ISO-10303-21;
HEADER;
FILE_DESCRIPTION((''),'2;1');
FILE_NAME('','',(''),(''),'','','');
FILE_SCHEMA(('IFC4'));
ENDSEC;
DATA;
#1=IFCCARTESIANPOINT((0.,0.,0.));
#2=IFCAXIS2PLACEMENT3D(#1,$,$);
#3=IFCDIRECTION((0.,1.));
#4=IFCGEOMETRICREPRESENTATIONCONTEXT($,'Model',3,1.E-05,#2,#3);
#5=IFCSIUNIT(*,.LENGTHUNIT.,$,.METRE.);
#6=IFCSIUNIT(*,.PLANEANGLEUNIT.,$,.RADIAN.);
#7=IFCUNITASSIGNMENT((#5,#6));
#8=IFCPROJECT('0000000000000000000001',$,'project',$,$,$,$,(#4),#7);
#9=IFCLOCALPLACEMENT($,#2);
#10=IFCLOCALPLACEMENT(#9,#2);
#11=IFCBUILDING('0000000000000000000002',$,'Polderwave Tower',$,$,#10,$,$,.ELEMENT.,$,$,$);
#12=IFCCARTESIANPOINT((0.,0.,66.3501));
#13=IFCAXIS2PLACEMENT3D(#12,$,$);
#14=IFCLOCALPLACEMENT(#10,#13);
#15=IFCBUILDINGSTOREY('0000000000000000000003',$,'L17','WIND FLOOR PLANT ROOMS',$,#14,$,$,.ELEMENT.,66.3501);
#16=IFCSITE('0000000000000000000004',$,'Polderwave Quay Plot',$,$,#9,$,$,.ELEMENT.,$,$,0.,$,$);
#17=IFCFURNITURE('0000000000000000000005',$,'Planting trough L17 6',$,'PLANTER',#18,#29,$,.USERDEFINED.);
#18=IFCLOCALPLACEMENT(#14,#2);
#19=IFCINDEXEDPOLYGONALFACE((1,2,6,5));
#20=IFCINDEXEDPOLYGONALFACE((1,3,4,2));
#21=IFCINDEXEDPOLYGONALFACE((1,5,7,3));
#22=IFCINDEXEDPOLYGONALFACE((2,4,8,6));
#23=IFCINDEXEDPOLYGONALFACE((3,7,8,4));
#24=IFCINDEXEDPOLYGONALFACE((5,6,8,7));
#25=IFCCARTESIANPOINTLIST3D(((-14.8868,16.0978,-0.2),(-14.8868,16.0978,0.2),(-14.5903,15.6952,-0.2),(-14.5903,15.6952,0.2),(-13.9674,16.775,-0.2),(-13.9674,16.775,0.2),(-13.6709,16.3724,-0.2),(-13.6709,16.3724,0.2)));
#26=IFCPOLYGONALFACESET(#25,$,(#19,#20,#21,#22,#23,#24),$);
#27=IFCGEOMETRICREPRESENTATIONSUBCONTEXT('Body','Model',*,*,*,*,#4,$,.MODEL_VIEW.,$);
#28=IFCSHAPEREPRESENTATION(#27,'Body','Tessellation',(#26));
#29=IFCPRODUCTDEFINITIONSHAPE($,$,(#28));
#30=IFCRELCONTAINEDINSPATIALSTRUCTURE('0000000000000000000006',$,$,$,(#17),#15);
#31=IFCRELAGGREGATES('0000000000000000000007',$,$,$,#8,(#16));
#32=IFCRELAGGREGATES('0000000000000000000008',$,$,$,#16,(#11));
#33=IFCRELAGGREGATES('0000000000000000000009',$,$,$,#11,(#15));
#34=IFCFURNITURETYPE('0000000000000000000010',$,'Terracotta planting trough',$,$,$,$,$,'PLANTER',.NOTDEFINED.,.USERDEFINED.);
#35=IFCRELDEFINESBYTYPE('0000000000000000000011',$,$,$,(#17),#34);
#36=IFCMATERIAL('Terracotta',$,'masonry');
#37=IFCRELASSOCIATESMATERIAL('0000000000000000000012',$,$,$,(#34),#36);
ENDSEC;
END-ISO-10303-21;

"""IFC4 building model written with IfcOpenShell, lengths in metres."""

from ifc_helpers import new_model, si_unit, direction, frame, origin, origin_2d, place, context, subcontext, project, spatial, rectangle, extrude, material, type_object, element, save


model = new_model("IFC4")

# Units and contexts
model_context = context("Model", 3, precision=1e-05, world=origin(), true_north=direction((0.0, 1.0)))
body_context = subcontext(model_context, "Body", "Model", "MODEL_VIEW")
ifc_project = project(units=[si_unit("LENGTHUNIT", "METRE"), si_unit("PLANEANGLEUNIT", "RADIAN")], contexts=[model_context])

# Site, building, storey
site_placement = place(None, origin())
site = spatial("IfcSite", under=ifc_project, at=site_placement, Name="Polderwave Quay Plot", CompositionType="ELEMENT", RefElevation=0.0)
building_placement = place(site_placement, origin())
building = spatial("IfcBuilding", under=site, at=building_placement, Name="Polderwave Tower", CompositionType="ELEMENT")
storey_placement = place(building_placement, frame((0.0, 0.0, 66.3501)))
storey = spatial("IfcBuildingStorey", under=building, at=storey_placement, Name="L17", Description="WIND FLOOR PLANT ROOMS", CompositionType="ELEMENT", Elevation=66.3501)

# Furniture
ifc_material_1 = material(Name="Terracotta", Category="masonry")
furniture_type = type_object("IfcFurnitureType", Name="Terracotta planting trough", ElementType="PLANTER", AssemblyPlace="NOTDEFINED", PredefinedType="USERDEFINED", material=ifc_material_1)
furniture_placement = place(storey_placement, frame((-14.2788, 16.2351, -0.2), z_axis=(0.0, 0.0, 1.0), x_axis=(-0.805191, -0.593016, 0.0)))
element("IfcFurniture", 1, at=furniture_placement, inside=storey, type_object=furniture_type, Name="Planting trough L17 6", ObjectType="PLANTER", PredefinedType="USERDEFINED", context=body_context, shape_type="SweptSolid", body=[
    extrude(rectangle(XDim=1.1418, YDim=0.5, at=origin_2d()), origin(), (0.0, 0.0, 1.0), 0.3999),
])

save(model, "model.ifc")
